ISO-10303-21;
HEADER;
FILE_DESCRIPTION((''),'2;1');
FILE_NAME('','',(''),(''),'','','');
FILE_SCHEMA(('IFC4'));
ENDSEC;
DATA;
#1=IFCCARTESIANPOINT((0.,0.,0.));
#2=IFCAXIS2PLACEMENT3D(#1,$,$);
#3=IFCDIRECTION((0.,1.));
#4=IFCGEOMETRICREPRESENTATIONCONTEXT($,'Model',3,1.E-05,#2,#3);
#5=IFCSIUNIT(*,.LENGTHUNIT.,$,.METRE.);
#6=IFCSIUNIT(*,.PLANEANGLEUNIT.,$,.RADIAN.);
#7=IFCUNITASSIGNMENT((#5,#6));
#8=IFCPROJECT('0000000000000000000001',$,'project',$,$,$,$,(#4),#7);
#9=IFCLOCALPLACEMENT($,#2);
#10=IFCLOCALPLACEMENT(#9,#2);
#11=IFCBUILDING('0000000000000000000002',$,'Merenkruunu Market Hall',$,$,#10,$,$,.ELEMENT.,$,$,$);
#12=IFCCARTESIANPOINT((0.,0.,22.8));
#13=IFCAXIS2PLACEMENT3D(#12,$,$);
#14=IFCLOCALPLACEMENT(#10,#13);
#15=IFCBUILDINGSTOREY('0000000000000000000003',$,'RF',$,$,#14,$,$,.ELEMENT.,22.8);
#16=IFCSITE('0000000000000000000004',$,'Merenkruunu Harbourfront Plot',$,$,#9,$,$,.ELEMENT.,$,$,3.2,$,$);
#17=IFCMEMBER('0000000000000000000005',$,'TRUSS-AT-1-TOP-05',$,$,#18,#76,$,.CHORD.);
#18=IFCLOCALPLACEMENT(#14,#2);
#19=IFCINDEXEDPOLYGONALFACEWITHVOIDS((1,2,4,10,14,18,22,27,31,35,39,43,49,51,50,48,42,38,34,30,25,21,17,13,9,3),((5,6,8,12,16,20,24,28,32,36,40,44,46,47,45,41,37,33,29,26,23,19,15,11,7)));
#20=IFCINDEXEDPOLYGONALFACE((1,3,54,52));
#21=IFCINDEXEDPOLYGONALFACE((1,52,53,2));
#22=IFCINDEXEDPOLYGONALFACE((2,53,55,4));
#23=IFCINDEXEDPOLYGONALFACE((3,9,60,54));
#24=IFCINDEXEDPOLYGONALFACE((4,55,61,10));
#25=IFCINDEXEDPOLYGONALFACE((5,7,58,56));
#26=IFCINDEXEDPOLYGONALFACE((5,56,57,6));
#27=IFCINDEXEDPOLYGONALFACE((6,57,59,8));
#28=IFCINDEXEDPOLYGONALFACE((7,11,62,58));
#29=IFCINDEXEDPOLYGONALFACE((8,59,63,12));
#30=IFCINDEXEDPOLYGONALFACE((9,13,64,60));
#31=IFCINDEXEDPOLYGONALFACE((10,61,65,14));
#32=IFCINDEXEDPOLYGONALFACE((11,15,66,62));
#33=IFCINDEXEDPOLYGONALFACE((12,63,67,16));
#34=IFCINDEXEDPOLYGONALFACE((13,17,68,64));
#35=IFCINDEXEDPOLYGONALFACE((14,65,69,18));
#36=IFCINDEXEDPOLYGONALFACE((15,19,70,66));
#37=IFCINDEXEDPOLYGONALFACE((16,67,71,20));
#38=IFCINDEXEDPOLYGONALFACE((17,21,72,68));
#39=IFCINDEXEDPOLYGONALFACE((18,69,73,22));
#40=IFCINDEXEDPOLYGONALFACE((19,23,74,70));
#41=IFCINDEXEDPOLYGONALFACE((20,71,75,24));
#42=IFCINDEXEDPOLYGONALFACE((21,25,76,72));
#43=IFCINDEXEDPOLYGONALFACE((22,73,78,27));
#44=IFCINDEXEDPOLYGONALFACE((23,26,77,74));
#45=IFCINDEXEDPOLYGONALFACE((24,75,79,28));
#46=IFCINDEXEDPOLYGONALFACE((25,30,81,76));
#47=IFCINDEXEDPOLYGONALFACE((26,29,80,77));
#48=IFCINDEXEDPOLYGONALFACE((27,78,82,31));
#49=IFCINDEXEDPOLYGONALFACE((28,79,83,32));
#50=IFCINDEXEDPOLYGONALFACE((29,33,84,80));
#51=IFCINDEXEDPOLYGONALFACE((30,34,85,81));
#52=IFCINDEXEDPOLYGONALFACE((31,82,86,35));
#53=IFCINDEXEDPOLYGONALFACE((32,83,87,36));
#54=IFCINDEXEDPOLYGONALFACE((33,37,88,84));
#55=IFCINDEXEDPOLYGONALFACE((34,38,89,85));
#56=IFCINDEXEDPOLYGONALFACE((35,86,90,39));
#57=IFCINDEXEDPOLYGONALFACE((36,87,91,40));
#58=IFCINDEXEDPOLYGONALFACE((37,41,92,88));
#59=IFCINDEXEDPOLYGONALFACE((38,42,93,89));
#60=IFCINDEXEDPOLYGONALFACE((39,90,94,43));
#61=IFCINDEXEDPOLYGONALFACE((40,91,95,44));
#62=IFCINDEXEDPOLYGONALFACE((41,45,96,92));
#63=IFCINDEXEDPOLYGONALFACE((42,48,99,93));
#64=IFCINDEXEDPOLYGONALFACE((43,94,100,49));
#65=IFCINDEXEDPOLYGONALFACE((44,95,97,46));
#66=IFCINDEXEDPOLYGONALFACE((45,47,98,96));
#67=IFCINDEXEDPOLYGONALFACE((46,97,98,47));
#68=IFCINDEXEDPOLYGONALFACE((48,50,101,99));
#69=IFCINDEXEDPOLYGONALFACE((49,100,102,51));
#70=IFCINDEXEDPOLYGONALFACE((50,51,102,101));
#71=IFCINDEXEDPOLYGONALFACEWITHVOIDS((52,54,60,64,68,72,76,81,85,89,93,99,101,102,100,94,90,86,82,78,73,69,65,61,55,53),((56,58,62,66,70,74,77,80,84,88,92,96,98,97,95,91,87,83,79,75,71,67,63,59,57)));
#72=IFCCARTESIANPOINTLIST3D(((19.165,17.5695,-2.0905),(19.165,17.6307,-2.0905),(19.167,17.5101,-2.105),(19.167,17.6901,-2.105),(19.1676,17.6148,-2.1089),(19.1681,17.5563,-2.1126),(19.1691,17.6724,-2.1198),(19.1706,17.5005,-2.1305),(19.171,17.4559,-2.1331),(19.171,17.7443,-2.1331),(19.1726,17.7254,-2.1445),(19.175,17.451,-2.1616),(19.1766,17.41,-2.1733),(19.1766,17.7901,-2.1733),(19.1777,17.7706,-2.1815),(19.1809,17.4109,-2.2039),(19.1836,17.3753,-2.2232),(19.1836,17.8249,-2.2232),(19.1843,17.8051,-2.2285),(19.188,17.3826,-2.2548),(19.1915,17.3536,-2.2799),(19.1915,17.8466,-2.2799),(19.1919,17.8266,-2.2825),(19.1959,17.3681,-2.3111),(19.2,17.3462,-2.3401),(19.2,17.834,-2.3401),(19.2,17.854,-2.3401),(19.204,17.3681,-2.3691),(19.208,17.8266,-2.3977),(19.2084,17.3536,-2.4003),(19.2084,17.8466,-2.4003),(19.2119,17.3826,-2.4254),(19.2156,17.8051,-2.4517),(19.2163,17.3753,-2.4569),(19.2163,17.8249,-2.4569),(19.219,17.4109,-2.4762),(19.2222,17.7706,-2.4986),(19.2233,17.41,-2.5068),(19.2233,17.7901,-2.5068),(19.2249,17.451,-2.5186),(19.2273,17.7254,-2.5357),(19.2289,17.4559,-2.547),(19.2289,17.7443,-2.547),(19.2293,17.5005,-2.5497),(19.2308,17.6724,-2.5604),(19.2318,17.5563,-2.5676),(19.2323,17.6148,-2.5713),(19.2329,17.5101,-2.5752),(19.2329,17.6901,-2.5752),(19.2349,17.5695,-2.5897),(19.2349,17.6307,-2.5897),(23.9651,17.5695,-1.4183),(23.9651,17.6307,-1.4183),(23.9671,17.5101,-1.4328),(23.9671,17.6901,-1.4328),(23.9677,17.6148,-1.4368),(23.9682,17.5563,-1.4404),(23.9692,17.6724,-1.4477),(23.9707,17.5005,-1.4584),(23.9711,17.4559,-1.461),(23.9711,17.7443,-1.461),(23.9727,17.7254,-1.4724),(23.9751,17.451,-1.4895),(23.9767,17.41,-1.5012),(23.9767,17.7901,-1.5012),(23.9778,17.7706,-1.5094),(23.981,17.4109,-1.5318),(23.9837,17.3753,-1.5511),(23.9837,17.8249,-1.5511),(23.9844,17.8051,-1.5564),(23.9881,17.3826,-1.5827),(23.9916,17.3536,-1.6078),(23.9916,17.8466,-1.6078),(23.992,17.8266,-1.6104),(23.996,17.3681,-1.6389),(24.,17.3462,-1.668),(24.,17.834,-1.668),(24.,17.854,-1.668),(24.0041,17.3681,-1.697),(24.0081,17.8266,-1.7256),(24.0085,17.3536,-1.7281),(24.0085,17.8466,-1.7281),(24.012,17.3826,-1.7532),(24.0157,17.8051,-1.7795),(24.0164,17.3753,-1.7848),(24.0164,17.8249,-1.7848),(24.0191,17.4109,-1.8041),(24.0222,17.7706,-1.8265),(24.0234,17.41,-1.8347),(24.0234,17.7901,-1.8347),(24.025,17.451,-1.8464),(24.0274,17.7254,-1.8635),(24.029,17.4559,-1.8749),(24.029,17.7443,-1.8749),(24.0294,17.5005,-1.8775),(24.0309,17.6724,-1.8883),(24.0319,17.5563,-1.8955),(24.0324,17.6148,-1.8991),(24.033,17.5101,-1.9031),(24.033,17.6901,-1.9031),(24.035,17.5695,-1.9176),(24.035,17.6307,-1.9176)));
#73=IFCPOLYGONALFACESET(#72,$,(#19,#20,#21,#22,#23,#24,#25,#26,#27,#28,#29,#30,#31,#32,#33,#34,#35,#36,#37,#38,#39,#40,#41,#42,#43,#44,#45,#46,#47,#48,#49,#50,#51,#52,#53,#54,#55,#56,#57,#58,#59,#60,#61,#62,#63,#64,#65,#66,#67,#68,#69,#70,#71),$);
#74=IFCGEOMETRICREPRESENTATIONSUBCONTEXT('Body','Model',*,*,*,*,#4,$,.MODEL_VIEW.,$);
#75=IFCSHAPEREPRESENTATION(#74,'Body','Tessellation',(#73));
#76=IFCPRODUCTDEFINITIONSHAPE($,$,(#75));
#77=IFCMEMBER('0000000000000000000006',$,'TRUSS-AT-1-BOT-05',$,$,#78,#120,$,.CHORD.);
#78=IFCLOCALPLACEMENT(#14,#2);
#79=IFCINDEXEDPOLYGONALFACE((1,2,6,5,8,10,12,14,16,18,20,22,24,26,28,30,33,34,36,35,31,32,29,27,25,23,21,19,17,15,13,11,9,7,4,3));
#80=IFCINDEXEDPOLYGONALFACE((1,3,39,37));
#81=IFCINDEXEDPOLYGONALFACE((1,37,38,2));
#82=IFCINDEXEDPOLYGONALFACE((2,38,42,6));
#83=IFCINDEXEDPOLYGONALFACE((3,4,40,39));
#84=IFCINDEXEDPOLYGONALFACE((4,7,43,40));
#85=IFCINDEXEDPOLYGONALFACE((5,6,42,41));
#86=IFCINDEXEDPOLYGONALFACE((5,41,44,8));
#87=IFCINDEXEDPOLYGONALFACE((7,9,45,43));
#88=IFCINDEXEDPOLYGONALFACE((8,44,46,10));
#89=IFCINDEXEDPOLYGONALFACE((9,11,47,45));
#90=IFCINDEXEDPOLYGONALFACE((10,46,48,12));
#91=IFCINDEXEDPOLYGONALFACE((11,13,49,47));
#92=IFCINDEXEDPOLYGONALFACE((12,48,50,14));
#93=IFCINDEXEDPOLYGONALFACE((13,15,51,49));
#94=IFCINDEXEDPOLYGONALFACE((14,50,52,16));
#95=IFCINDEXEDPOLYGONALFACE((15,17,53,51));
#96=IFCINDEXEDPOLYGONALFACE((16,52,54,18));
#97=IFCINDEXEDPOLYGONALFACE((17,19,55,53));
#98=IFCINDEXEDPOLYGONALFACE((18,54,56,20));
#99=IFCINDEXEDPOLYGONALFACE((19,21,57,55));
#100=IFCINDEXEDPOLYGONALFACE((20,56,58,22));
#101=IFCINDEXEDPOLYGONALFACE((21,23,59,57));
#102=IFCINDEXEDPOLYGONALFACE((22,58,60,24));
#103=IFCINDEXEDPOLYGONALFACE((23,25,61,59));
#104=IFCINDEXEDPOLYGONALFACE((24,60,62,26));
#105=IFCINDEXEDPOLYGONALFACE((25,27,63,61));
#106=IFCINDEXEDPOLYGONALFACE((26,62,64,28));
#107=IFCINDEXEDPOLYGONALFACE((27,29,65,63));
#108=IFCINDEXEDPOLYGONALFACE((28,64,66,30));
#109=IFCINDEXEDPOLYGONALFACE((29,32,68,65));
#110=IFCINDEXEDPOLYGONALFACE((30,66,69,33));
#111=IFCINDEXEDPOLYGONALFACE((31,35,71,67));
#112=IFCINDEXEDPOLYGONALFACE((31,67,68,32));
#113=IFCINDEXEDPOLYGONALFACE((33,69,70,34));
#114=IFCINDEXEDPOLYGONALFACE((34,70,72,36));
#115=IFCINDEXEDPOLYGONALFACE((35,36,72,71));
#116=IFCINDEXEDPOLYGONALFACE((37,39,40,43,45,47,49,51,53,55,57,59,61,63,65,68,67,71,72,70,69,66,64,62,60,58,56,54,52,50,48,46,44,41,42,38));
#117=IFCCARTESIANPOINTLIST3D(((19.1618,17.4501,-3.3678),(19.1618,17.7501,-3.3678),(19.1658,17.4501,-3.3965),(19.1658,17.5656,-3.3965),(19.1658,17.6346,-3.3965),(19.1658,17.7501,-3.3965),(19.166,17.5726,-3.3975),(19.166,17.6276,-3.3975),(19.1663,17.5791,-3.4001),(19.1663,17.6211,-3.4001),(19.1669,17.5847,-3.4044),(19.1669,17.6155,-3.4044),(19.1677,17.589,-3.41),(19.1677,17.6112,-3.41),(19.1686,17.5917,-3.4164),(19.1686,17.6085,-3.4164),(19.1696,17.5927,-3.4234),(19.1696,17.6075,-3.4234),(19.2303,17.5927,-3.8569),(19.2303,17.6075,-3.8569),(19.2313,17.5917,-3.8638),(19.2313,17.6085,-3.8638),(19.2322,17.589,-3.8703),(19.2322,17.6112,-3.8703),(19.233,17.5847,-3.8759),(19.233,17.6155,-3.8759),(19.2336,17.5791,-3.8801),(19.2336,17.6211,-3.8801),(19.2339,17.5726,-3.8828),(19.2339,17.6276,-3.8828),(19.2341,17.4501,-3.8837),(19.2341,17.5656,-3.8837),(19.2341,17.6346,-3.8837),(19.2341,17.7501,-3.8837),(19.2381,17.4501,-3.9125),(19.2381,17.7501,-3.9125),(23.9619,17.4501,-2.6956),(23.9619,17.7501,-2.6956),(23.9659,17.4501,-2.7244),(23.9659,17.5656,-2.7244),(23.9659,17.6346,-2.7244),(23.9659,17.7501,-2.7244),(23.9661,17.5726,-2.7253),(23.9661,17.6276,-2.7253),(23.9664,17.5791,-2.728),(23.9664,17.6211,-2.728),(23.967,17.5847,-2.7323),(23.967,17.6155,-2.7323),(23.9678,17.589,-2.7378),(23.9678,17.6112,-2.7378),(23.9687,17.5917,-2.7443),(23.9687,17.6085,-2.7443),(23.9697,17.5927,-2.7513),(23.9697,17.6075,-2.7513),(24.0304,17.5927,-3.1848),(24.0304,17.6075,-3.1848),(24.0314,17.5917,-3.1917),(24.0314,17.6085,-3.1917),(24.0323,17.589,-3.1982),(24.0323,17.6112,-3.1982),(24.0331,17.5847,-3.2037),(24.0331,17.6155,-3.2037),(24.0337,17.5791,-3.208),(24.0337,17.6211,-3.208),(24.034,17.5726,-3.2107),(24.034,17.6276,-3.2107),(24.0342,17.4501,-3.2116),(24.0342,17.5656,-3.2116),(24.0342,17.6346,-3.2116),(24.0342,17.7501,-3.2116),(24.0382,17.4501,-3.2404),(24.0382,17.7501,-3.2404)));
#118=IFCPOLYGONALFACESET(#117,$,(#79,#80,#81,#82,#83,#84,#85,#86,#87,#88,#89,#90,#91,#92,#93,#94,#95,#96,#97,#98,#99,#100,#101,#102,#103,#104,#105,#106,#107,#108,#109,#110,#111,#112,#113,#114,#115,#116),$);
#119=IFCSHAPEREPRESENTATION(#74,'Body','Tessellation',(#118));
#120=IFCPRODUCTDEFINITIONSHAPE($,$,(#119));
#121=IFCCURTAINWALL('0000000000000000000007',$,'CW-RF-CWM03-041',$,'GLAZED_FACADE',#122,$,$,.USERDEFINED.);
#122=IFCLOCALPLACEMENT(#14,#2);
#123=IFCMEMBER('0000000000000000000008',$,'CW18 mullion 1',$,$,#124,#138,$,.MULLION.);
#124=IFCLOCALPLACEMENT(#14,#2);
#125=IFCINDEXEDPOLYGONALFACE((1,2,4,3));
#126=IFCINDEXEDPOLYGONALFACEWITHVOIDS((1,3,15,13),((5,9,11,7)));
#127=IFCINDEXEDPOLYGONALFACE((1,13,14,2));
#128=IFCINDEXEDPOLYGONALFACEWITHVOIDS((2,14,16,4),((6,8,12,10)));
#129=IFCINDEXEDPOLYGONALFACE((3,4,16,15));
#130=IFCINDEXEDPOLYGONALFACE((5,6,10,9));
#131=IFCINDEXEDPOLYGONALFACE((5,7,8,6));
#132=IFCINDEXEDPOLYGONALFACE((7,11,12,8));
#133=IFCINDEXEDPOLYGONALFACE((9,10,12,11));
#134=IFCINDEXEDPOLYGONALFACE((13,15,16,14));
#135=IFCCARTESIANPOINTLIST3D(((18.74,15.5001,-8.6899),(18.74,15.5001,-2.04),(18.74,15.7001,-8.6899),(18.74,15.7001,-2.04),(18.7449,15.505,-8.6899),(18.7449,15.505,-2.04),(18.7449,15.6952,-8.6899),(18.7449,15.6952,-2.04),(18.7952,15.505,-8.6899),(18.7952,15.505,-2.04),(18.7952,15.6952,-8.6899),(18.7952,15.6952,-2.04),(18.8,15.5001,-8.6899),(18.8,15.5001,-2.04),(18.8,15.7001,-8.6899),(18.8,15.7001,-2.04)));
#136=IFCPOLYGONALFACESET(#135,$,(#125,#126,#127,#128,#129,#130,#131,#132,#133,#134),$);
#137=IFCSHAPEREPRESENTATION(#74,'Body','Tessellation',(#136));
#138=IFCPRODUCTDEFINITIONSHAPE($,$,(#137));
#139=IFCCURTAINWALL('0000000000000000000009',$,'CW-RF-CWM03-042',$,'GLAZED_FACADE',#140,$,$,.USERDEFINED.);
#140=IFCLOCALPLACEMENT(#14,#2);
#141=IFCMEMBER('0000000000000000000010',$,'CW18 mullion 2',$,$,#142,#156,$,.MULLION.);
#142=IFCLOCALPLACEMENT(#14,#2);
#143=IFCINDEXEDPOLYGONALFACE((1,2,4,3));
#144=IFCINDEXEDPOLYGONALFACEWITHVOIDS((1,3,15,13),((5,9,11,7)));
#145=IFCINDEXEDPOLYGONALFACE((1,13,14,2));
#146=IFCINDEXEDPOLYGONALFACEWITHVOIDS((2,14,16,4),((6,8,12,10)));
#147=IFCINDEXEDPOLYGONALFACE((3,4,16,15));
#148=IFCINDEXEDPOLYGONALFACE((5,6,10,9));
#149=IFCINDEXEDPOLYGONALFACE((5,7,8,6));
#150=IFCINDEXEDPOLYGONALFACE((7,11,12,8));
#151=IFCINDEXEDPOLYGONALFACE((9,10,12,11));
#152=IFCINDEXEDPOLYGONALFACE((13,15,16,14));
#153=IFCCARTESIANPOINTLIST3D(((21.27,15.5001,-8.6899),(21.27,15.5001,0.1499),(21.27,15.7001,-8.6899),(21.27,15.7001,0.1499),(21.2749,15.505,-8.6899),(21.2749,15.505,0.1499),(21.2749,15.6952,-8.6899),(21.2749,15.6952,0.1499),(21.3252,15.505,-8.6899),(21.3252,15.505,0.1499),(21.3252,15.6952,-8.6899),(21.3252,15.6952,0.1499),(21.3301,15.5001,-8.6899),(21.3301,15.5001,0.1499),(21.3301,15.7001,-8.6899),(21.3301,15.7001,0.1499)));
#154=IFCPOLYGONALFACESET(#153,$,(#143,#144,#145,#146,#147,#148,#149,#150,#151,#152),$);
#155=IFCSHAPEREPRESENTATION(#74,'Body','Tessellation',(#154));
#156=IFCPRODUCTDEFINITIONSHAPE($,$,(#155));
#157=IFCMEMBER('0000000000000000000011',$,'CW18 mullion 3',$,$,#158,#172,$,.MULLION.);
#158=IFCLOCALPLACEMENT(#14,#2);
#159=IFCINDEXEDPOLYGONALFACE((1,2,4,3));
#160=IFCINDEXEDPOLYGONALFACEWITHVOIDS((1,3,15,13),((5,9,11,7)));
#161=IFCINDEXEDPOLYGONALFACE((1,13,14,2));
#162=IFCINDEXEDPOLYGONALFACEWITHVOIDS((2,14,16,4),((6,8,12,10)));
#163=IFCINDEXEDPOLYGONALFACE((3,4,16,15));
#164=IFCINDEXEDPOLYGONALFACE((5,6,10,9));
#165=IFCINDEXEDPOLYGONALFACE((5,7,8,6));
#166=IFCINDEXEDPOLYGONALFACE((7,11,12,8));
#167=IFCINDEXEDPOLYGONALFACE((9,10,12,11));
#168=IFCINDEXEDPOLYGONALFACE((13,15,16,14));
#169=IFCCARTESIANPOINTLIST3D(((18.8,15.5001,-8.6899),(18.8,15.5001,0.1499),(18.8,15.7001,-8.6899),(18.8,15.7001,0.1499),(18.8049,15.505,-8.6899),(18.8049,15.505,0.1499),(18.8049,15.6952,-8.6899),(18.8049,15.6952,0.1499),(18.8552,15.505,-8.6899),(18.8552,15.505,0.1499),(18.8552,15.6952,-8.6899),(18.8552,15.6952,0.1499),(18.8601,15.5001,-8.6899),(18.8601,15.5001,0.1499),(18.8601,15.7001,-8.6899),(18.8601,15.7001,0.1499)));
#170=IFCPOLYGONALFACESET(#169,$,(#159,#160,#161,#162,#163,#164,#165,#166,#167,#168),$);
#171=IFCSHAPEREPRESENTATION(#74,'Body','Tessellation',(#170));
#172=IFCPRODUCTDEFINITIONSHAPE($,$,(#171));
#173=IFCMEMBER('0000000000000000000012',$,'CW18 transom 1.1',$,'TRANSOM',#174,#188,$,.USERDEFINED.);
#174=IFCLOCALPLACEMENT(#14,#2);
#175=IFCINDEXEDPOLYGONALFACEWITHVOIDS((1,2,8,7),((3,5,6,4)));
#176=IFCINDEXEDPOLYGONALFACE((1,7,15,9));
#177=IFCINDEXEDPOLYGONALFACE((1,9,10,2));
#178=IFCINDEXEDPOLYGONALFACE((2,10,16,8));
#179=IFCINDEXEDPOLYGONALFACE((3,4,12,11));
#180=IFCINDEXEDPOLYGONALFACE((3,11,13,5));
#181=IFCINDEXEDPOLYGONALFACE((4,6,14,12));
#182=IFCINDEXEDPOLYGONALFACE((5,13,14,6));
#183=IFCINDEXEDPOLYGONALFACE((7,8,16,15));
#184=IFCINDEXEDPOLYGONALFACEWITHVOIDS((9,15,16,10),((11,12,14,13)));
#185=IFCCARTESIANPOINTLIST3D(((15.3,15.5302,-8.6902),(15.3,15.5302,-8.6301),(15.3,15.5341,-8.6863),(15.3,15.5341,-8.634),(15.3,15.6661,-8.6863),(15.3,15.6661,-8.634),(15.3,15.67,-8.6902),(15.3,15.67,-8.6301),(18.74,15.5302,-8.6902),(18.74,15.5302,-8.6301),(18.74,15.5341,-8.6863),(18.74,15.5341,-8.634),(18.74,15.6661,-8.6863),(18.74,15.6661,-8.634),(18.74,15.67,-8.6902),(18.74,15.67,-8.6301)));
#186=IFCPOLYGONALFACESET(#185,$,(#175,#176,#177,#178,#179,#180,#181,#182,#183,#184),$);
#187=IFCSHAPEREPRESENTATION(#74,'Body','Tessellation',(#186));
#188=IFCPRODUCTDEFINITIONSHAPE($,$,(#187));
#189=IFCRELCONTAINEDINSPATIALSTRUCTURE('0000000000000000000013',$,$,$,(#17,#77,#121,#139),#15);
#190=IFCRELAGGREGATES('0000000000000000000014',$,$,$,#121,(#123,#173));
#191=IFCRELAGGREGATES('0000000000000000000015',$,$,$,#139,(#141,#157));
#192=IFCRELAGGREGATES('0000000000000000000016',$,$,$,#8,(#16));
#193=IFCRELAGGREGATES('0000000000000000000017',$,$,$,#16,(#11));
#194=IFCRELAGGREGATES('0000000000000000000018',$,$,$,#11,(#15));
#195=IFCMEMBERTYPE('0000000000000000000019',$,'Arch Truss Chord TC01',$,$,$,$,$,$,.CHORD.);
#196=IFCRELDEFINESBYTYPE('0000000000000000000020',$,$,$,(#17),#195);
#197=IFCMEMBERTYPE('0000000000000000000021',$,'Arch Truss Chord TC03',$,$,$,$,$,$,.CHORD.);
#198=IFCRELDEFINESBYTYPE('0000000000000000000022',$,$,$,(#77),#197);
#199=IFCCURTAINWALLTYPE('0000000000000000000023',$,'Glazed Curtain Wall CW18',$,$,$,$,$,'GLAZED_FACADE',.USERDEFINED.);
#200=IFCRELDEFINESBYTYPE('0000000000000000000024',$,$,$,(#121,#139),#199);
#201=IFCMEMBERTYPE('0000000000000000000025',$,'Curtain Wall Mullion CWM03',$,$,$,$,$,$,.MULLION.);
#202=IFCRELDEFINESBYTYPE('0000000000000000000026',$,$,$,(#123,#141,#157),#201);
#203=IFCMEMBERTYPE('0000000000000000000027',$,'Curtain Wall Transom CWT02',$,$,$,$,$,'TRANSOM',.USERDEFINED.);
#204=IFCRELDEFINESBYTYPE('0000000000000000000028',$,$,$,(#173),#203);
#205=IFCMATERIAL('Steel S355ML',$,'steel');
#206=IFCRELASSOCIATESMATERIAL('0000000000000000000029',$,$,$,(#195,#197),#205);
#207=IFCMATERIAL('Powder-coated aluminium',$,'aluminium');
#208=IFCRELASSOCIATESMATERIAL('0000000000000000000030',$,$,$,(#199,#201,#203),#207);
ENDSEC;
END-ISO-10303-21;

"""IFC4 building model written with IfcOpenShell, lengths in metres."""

from ifc_helpers import new_model, si_unit, direction, frame, origin, origin_2d, place, context, subcontext, project, spatial, hollow_rectangle, hollow_circle, i_section, extrude, material, material_profile, profile_set, type_object, element, aggregate, save


model = new_model("IFC4")

# Units and contexts
model_context = context("Model", 3, precision=1e-05, world=origin(), true_north=direction((0.0, 1.0)))
body_context = subcontext(model_context, "Body", "Model", "MODEL_VIEW")
ifc_project = project(units=[si_unit("LENGTHUNIT", "METRE"), si_unit("PLANEANGLEUNIT", "RADIAN")], contexts=[model_context])

# Site, building, storey
site_placement = place(None, origin())
site = spatial("IfcSite", under=ifc_project, at=site_placement, Name="Merenkruunu Harbourfront Plot", CompositionType="ELEMENT", RefElevation=3.2)
building_placement = place(site_placement, origin())
building = spatial("IfcBuilding", under=site, at=building_placement, Name="Merenkruunu Market Hall", CompositionType="ELEMENT")
storey_placement = place(building_placement, frame((0.0, 0.0, 22.8)))
storey = spatial("IfcBuildingStorey", under=building, at=storey_placement, Name="RF", CompositionType="ELEMENT", Elevation=22.8)

# Members
ifc_material_1 = material(Name="Steel S355ML", Category="steel")
ifc_material_profile_1 = material_profile(ifc_material_1, hollow_circle(Radius=0.2539, WallThickness=0.02, at=origin_2d()), Name="CHS 508x20")
ifc_profile_set_1 = profile_set([ifc_material_profile_1], Name="Steel S355ML")
member_type_1 = type_object("IfcMemberType", Name="Arch Truss Chord TC01", PredefinedType="CHORD", material=ifc_profile_set_1)
member_1_placement = place(storey_placement, frame((19.2, 17.6001, -2.3401), z_axis=(0.990339, 0.0, 0.138671), x_axis=(0.0, 1.0, 0.0)))
element("IfcMember", 1, at=member_1_placement, inside=storey, type_object=member_type_1, Name="TRUSS-AT-1-TOP-05", PredefinedType="CHORD", context=body_context, shape_type="SweptSolid", body=[
    extrude(hollow_circle(Radius=0.2539, WallThickness=0.02, at=origin_2d()), origin(), (0.0, 0.0, 1.0), 4.8469),
])
ifc_material_profile_2 = material_profile(ifc_material_1, i_section(OverallWidth=0.3, OverallDepth=0.55, WebThickness=0.0149, FlangeThickness=0.0291, FilletRadius=0.0271, at=origin_2d()), Name="HEB 550")
ifc_profile_set_2 = profile_set([ifc_material_profile_2], Name="Steel S355ML")
member_type_2 = type_object("IfcMemberType", Name="Arch Truss Chord TC03", PredefinedType="CHORD", material=ifc_profile_set_2)
member_2_placement = place(storey_placement, frame((19.2, 17.6001, -3.6401), z_axis=(0.990339, 0.0, 0.138671), x_axis=(0.0, 1.0, 0.0)))
element("IfcMember", 2, at=member_2_placement, inside=storey, type_object=member_type_2, Name="TRUSS-AT-1-BOT-05", PredefinedType="CHORD", context=body_context, shape_type="SweptSolid", body=[
    extrude(i_section(OverallWidth=0.3, OverallDepth=0.55, WebThickness=0.0149, FlangeThickness=0.0291, FilletRadius=0.0271, at=origin_2d()), origin(), (0.0, 0.0, 1.0), 4.8469),
])

# Curtain wall, member
ifc_material_2 = material(Name="Powder-coated aluminium", Category="aluminium")
curtain_wall_type = type_object("IfcCurtainWallType", Name="Glazed Curtain Wall CW18", ElementType="GLAZED_FACADE", PredefinedType="USERDEFINED", material=ifc_material_2)
curtain_wall_1_placement = place(storey_placement, origin())
curtain_wall_1 = element("IfcCurtainWall", 3, at=curtain_wall_1_placement, inside=storey, type_object=curtain_wall_type, Name="CW-RF-CWM03-041", ObjectType="GLAZED_FACADE", PredefinedType="USERDEFINED")
ifc_material_profile_3 = material_profile(ifc_material_2, hollow_rectangle(XDim=0.0601, YDim=0.2, WallThickness=0.0049, at=origin_2d()), Name="ALU 60x200x5")
ifc_profile_set_3 = profile_set([ifc_material_profile_3], Name="Powder-coated aluminium")
member_type_3 = type_object("IfcMemberType", Name="Curtain Wall Mullion CWM03", PredefinedType="MULLION", material=ifc_profile_set_3)
member_3_placement = place(storey_placement, frame((18.77, 15.6001, -8.6899), z_axis=(0.0, 0.0, 1.0), x_axis=(-1.0, 0.0, 0.0)))
member_3 = element("IfcMember", 4, at=member_3_placement, type_object=member_type_3, Name="CW18 mullion 1", PredefinedType="MULLION", context=body_context, shape_type="SweptSolid", body=[
    extrude(hollow_rectangle(XDim=0.0601, YDim=0.2, WallThickness=0.0049, at=origin_2d()), origin(), (0.0, 0.0, 1.0), 6.6499),
])

# Curtain wall, members
curtain_wall_2_placement = place(storey_placement, origin())
curtain_wall_2 = element("IfcCurtainWall", 5, at=curtain_wall_2_placement, inside=storey, type_object=curtain_wall_type, Name="CW-RF-CWM03-042", ObjectType="GLAZED_FACADE", PredefinedType="USERDEFINED")
member_4_placement = place(storey_placement, frame((21.3, 15.6001, -8.6899), z_axis=(0.0, 0.0, 1.0), x_axis=(-1.0, 0.0, 0.0)))
member_4 = element("IfcMember", 6, at=member_4_placement, type_object=member_type_3, Name="CW18 mullion 2", PredefinedType="MULLION", context=body_context, shape_type="SweptSolid", body=[
    extrude(hollow_rectangle(XDim=0.0601, YDim=0.2, WallThickness=0.0049, at=origin_2d()), origin(), (0.0, 0.0, 1.0), 8.8398),
])
member_5_placement = place(storey_placement, frame((18.8301, 15.6001, -8.6899), z_axis=(0.0, 0.0, 1.0), x_axis=(-1.0, 0.0, 0.0)))
member_5 = element("IfcMember", 7, at=member_5_placement, type_object=member_type_3, Name="CW18 mullion 3", PredefinedType="MULLION", context=body_context, shape_type="SweptSolid", body=[
    extrude(hollow_rectangle(XDim=0.0601, YDim=0.2, WallThickness=0.0049, at=origin_2d()), origin(), (0.0, 0.0, 1.0), 8.8398),
])

# Member
ifc_material_profile_4 = material_profile(ifc_material_2, hollow_rectangle(XDim=0.0601, YDim=0.1399, WallThickness=0.0039, at=origin_2d()), Name="ALU 60x140x4")
ifc_profile_set_4 = profile_set([ifc_material_profile_4], Name="Powder-coated aluminium")
member_type_4 = type_object("IfcMemberType", Name="Curtain Wall Transom CWT02", ElementType="TRANSOM", PredefinedType="USERDEFINED", material=ifc_profile_set_4)
member_6_placement = place(storey_placement, frame((18.74, 15.6001, -8.6602), z_axis=(-1.0, 0.0, 0.0), x_axis=(0.0, 0.0, 1.0)))
member_6 = element("IfcMember", 8, at=member_6_placement, type_object=member_type_4, Name="CW18 transom 1.1", ObjectType="TRANSOM", PredefinedType="USERDEFINED", context=body_context, shape_type="SweptSolid", body=[
    extrude(hollow_rectangle(XDim=0.0601, YDim=0.1399, WallThickness=0.0039, at=origin_2d()), origin(), (0.0, 0.0, 1.0), 3.4399),
])

aggregate(curtain_wall_1, [member_3, member_6])
aggregate(curtain_wall_2, [member_4, member_5])

save(model, "model.ifc")
